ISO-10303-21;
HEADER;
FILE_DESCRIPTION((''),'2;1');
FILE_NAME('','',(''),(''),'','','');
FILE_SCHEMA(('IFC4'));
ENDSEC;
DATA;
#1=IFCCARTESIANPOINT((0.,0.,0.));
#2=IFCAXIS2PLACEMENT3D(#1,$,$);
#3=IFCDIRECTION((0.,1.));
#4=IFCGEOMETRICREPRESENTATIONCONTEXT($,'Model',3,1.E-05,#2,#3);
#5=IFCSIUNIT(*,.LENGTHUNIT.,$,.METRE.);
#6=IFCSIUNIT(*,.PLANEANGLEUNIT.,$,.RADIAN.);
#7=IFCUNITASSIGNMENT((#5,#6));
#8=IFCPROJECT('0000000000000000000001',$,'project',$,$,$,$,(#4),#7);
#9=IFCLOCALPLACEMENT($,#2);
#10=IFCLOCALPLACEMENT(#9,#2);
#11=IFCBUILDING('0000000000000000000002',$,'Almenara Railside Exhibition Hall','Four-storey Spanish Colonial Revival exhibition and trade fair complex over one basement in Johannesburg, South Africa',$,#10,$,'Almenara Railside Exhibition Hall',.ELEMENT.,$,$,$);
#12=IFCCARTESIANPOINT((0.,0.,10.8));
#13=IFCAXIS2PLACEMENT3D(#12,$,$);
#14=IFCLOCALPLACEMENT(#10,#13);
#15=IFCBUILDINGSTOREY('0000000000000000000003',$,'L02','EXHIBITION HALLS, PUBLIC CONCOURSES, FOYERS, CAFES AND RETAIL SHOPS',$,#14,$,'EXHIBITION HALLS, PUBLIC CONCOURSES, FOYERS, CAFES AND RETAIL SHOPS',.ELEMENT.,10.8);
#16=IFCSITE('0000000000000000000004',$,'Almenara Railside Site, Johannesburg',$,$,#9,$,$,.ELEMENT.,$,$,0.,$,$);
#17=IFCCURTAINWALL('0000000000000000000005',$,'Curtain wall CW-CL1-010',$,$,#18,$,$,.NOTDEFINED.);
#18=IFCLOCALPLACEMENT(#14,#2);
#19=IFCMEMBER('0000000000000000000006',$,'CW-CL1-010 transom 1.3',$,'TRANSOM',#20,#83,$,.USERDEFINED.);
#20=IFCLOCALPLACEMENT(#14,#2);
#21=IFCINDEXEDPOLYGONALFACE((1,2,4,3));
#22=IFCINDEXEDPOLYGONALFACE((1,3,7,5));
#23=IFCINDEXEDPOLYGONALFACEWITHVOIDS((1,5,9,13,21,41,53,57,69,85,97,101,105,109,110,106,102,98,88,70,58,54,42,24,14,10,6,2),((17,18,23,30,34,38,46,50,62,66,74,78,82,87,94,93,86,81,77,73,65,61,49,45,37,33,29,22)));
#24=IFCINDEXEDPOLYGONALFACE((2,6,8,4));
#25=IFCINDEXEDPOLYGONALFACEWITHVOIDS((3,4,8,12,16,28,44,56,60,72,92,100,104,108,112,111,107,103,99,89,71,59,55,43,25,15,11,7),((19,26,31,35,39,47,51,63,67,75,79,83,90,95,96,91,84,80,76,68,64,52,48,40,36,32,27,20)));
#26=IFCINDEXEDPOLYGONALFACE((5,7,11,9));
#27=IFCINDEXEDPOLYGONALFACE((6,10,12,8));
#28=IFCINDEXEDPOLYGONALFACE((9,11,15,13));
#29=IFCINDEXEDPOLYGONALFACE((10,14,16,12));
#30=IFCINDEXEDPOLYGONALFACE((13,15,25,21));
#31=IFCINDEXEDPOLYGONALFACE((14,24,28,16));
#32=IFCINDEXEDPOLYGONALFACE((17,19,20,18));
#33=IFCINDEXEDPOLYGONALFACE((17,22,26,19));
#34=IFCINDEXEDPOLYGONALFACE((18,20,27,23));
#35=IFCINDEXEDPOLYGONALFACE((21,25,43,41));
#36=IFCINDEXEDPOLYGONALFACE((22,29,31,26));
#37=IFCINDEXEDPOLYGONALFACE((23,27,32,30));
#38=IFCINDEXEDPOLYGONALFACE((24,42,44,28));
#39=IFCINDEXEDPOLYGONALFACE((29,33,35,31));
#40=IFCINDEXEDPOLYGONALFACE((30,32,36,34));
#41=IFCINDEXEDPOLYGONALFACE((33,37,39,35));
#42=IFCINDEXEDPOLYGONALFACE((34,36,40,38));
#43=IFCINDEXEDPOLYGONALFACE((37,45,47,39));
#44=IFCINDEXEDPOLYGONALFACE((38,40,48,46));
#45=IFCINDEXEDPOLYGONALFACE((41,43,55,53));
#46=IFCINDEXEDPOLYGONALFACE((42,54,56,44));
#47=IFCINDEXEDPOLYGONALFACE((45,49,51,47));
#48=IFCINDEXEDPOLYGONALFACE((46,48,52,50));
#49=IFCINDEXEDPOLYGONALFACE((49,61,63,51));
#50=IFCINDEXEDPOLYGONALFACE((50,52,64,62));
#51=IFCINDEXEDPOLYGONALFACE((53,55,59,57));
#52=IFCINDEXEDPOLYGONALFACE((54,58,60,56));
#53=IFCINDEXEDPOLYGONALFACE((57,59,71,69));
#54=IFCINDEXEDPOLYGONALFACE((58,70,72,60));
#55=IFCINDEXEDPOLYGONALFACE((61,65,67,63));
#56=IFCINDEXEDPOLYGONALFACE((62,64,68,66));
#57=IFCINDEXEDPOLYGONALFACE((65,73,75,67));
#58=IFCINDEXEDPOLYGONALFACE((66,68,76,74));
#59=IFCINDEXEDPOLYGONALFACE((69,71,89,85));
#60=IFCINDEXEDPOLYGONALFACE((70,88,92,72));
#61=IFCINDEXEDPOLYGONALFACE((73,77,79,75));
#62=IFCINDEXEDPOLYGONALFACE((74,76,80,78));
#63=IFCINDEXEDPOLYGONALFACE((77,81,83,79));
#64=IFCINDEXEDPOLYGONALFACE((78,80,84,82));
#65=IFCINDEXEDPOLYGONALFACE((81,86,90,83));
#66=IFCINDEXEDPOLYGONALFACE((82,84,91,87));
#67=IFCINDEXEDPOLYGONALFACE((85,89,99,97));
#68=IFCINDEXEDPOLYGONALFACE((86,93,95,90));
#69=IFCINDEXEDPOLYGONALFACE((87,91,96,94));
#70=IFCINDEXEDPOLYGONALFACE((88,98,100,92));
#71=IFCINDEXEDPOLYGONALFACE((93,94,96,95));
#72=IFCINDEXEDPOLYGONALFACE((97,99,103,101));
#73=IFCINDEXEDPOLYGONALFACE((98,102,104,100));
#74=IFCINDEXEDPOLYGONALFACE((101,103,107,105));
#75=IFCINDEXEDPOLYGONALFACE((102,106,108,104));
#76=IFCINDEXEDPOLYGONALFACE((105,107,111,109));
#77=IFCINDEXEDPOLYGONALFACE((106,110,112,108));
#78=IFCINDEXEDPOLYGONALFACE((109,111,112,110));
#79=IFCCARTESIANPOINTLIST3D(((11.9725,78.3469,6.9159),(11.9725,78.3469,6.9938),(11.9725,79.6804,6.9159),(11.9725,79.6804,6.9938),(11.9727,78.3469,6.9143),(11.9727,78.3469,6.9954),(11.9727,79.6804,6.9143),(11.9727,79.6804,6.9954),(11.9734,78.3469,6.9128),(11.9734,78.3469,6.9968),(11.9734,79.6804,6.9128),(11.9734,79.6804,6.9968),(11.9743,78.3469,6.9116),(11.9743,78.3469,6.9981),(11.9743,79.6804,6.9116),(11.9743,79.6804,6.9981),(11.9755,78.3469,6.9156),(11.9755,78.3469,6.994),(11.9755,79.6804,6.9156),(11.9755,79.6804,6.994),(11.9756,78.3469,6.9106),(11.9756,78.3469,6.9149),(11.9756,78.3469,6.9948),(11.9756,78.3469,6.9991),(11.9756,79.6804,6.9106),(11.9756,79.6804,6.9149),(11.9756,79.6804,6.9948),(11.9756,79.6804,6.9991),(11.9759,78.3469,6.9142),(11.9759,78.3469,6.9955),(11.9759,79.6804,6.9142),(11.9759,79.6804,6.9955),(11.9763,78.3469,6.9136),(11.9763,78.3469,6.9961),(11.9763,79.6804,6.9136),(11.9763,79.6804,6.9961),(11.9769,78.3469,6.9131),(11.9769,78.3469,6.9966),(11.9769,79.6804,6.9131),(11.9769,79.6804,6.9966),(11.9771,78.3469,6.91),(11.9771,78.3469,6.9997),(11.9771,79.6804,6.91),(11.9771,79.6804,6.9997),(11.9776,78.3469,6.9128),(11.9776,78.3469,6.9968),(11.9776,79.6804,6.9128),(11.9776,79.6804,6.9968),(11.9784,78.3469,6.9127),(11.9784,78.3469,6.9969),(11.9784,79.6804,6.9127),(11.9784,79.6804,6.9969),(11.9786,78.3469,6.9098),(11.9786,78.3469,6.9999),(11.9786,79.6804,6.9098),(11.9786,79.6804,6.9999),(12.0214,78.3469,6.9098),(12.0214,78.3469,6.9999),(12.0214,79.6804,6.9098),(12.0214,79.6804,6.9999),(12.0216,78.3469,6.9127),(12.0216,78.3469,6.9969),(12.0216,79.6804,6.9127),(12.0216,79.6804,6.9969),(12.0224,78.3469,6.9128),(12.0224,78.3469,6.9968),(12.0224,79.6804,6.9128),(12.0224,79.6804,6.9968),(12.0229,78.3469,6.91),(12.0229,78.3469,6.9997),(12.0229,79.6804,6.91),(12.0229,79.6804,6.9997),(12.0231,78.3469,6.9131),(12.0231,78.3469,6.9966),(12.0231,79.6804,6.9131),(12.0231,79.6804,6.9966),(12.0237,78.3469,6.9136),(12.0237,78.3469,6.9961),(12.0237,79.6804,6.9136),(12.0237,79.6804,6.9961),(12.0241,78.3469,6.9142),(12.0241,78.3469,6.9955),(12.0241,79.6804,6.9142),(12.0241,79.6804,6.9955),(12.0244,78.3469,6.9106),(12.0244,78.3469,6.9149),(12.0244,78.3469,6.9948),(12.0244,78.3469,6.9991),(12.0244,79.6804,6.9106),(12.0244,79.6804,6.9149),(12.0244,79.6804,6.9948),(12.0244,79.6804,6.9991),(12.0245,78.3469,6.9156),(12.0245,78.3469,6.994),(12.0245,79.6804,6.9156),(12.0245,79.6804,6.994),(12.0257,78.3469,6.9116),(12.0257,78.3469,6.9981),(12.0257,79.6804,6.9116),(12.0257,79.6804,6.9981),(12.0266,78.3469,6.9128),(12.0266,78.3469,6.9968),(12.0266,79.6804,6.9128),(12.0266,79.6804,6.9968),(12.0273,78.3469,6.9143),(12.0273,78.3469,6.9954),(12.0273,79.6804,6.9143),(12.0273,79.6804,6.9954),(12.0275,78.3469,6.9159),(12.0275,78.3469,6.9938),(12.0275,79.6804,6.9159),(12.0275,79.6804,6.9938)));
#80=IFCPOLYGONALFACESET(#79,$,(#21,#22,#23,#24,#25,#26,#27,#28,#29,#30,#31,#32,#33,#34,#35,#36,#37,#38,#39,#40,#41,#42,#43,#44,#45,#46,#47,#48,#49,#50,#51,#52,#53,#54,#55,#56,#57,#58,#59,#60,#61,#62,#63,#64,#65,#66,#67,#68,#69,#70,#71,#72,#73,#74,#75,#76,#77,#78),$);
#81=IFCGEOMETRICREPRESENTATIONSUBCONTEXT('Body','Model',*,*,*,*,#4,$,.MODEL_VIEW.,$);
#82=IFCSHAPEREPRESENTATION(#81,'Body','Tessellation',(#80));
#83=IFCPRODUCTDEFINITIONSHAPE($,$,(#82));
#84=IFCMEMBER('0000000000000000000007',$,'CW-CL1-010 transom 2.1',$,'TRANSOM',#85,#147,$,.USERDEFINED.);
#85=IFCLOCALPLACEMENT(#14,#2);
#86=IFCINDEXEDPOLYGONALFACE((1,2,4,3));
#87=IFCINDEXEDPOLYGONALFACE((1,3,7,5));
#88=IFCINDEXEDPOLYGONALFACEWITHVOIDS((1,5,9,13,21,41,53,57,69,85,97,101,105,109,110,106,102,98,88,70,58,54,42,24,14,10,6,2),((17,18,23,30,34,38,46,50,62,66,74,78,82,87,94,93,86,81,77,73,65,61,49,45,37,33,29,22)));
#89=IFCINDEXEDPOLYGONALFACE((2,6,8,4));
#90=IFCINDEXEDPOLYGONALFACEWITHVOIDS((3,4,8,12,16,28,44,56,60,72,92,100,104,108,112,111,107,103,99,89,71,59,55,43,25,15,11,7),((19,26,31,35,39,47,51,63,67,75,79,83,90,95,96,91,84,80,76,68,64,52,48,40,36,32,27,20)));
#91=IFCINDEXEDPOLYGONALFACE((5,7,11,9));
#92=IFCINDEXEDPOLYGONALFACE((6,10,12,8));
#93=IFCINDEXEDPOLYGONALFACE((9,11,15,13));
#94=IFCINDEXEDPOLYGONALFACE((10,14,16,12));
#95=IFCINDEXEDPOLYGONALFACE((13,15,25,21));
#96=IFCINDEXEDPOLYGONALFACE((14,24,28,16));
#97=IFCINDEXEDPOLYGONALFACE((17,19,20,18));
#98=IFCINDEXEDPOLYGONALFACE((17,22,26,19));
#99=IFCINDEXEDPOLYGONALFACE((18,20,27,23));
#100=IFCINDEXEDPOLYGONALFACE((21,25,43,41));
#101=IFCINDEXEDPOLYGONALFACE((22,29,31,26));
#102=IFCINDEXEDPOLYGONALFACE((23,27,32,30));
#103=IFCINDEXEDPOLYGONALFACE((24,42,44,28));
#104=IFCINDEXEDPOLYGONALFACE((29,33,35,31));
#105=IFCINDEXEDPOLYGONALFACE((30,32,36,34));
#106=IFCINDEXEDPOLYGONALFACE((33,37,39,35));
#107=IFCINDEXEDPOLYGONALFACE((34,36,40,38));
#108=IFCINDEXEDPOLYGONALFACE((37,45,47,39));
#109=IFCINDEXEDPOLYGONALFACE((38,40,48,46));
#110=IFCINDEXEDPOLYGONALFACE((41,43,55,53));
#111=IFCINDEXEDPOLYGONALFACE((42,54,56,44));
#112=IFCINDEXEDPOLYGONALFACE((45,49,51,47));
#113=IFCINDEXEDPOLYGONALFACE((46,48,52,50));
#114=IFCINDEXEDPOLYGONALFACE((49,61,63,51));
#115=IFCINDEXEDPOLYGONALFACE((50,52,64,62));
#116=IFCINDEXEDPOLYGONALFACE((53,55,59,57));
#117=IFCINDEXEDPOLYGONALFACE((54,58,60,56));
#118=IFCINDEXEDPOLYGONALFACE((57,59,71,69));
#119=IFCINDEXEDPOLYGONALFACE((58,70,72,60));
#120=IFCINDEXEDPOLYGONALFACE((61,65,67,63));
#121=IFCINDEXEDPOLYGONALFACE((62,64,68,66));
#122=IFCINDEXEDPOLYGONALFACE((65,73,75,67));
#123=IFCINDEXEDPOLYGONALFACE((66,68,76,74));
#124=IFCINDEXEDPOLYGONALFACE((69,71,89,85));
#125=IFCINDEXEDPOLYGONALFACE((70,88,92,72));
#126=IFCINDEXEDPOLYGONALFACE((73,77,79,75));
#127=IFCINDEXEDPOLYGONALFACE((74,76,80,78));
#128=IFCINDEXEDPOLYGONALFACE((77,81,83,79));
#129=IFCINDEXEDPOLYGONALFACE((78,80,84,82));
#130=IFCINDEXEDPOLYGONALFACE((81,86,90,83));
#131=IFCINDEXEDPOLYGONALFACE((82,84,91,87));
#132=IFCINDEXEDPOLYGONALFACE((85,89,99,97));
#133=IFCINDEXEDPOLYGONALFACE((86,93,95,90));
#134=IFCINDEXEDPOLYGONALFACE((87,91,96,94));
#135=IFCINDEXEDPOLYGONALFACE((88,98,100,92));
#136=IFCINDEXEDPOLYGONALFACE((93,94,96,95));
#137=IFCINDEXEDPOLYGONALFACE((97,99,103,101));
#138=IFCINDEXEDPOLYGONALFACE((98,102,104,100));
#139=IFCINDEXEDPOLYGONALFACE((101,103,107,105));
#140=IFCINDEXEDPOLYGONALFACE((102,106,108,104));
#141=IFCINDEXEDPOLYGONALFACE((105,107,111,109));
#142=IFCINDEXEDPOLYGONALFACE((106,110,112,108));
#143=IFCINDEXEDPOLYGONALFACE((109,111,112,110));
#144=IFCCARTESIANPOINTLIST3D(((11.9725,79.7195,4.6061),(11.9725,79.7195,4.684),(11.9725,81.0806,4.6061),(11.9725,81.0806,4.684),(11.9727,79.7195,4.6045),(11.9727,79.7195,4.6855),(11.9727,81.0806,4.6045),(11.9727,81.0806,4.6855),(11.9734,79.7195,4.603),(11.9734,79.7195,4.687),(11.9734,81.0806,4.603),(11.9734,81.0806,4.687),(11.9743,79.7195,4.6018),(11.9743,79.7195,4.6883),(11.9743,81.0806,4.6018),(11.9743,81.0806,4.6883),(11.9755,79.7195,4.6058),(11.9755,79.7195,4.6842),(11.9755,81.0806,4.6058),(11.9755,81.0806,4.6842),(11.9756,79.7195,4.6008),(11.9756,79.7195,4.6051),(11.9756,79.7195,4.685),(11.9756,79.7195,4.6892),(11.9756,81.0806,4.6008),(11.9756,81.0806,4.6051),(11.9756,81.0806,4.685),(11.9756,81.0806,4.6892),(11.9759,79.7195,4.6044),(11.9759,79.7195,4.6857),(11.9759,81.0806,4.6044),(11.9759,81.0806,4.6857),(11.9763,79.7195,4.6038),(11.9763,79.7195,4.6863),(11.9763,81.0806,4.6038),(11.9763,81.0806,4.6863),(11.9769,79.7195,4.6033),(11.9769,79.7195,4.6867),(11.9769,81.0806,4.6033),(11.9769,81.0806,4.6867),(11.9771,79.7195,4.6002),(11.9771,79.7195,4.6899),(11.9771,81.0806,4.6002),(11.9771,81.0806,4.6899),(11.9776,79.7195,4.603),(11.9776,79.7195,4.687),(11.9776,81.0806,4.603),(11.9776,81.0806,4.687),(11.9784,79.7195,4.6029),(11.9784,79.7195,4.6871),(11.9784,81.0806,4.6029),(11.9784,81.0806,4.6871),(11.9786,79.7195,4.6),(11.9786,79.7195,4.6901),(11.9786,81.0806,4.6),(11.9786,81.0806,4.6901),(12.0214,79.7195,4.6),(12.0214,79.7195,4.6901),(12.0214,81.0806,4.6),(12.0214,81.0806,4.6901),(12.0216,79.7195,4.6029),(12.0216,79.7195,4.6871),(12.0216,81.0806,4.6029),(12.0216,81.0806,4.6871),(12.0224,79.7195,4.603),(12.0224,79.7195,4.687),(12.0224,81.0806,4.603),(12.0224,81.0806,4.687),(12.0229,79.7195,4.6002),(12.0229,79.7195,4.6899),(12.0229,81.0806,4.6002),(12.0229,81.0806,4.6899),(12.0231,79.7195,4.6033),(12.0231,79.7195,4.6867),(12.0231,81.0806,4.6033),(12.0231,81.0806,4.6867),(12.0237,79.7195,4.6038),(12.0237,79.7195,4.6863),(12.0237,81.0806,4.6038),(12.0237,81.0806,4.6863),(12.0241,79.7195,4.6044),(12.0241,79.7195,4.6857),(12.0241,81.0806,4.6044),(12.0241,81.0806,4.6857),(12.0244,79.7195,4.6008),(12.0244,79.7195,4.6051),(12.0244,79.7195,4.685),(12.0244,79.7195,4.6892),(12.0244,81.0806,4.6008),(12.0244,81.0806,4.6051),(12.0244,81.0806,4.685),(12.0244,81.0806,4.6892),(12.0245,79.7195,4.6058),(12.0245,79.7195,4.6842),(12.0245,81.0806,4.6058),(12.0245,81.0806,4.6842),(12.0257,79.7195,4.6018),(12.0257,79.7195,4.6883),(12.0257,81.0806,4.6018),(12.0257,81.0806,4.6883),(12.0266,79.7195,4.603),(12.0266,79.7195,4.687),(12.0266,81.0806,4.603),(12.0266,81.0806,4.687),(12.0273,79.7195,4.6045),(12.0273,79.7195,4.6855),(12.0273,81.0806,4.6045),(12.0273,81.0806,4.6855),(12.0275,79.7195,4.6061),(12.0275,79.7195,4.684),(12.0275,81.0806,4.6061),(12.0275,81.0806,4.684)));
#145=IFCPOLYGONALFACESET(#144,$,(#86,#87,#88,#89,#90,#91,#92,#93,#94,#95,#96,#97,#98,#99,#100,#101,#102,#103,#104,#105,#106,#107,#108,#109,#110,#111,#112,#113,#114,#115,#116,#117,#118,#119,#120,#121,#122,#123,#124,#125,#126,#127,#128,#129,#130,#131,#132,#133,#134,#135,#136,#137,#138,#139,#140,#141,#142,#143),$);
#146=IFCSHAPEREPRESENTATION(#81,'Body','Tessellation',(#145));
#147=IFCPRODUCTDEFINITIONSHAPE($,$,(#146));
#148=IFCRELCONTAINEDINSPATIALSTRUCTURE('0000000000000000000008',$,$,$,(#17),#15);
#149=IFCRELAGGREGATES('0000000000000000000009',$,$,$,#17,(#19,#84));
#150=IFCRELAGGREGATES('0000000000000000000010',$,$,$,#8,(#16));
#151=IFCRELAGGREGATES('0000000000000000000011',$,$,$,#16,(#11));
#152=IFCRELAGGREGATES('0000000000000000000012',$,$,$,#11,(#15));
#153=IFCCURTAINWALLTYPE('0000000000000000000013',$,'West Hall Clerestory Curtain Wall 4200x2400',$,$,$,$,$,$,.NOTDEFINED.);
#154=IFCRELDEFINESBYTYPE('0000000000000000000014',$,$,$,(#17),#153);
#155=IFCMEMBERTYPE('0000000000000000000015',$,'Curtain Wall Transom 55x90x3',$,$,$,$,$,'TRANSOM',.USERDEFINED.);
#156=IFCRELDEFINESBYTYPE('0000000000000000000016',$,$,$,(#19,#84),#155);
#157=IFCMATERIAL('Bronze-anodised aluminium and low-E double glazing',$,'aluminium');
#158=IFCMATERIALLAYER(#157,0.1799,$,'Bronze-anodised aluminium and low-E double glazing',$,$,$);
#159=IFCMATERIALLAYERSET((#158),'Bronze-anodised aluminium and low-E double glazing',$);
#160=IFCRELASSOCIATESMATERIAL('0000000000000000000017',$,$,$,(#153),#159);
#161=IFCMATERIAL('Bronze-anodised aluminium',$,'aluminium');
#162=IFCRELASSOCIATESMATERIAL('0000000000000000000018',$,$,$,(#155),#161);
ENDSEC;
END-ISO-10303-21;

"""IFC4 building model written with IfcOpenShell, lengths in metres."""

from ifc_helpers import new_model, si_unit, direction, frame, origin, origin_2d, place, context, subcontext, project, spatial, hollow_rectangle, extrude, material, layer, layer_set, material_profile, profile_set, type_object, element, aggregate, save


model = new_model("IFC4")

# Units and contexts
model_context = context("Model", 3, precision=1e-05, world=origin(), true_north=direction((0.0, 1.0)))
body_context = subcontext(model_context, "Body", "Model", "MODEL_VIEW")
ifc_project = project(units=[si_unit("LENGTHUNIT", "METRE"), si_unit("PLANEANGLEUNIT", "RADIAN")], contexts=[model_context])

# Site, building, storey
site_placement = place(None, origin())
site = spatial("IfcSite", under=ifc_project, at=site_placement, Name="Almenara Railside Site, Johannesburg", CompositionType="ELEMENT", RefElevation=0.0)
building_placement = place(site_placement, origin())
building = spatial("IfcBuilding", under=site, at=building_placement, Name="Almenara Railside Exhibition Hall", Description="Four-storey Spanish Colonial Revival exhibition and trade fair complex over one basement in Johannesburg, South Africa", LongName="Almenara Railside Exhibition Hall", CompositionType="ELEMENT")
storey_placement = place(building_placement, frame((0.0, 0.0, 10.8)))
storey = spatial("IfcBuildingStorey", under=building, at=storey_placement, Name="L02", Description="EXHIBITION HALLS, PUBLIC CONCOURSES, FOYERS, CAFES AND RETAIL SHOPS", LongName="EXHIBITION HALLS, PUBLIC CONCOURSES, FOYERS, CAFES AND RETAIL SHOPS", CompositionType="ELEMENT", Elevation=10.8)

# Curtain wall
ifc_material_1 = material(Name="Bronze-anodised aluminium and low-E double glazing", Category="aluminium")
ifc_layer_1 = layer(ifc_material_1, 0.1799, Name="Bronze-anodised aluminium and low-E double glazing")
ifc_layer_set_1 = layer_set([ifc_layer_1], Name="Bronze-anodised aluminium and low-E double glazing")
curtain_wall_type = type_object("IfcCurtainWallType", Name="West Hall Clerestory Curtain Wall 4200x2400", PredefinedType="NOTDEFINED", material=ifc_layer_set_1)
curtain_wall_1_placement = place(storey_placement, origin())
curtain_wall_1 = element("IfcCurtainWall", 1, at=curtain_wall_1_placement, inside=storey, type_object=curtain_wall_type, Name="Curtain wall CW-CL1-010", PredefinedType="NOTDEFINED")
ifc_material_2 = material(Name="Bronze-anodised aluminium", Category="aluminium")

# Members
ifc_material_profile_1 = material_profile(ifc_material_2, hollow_rectangle(XDim=0.0549, YDim=0.0901, WallThickness=0.0029, InnerFilletRadius=0.0029, OuterFilletRadius=0.0061, at=origin_2d()), Name="ALU-TRN 55x90x3")
ifc_profile_set_1 = profile_set([ifc_material_profile_1], Name="Bronze-anodised aluminium")
member_type_1 = type_object("IfcMemberType", Name="Curtain Wall Transom 55x90x3", ElementType="TRANSOM", PredefinedType="USERDEFINED", material=ifc_profile_set_1)
member_1_placement = place(storey_placement, frame((12.0, 78.3469, 6.9548), z_axis=(0.0, 1.0, 0.0), x_axis=(-1.0, 0.0, 0.0)))
member_1 = element("IfcMember", 2, at=member_1_placement, type_object=member_type_1, Name="CW-CL1-010 transom 1.3", ObjectType="TRANSOM", PredefinedType="USERDEFINED", context=body_context, shape_type="SweptSolid", body=[
    extrude(hollow_rectangle(XDim=0.0549, YDim=0.0901, WallThickness=0.0029, InnerFilletRadius=0.0029, OuterFilletRadius=0.0061, at=origin_2d()), origin(), (0.0, 0.0, 1.0), 1.3335),
])
member_2_placement = place(storey_placement, frame((12.0, 79.7195, 4.645), z_axis=(0.0, 1.0, 0.0), x_axis=(-1.0, 0.0, 0.0)))
member_2 = element("IfcMember", 3, at=member_2_placement, type_object=member_type_1, Name="CW-CL1-010 transom 2.1", ObjectType="TRANSOM", PredefinedType="USERDEFINED", context=body_context, shape_type="SweptSolid", body=[
    extrude(hollow_rectangle(XDim=0.0549, YDim=0.0901, WallThickness=0.0029, InnerFilletRadius=0.0029, OuterFilletRadius=0.0061, at=origin_2d()), origin(), (0.0, 0.0, 1.0), 1.3611),
])

aggregate(curtain_wall_1, [member_1, member_2])

save(model, "model.ifc")
